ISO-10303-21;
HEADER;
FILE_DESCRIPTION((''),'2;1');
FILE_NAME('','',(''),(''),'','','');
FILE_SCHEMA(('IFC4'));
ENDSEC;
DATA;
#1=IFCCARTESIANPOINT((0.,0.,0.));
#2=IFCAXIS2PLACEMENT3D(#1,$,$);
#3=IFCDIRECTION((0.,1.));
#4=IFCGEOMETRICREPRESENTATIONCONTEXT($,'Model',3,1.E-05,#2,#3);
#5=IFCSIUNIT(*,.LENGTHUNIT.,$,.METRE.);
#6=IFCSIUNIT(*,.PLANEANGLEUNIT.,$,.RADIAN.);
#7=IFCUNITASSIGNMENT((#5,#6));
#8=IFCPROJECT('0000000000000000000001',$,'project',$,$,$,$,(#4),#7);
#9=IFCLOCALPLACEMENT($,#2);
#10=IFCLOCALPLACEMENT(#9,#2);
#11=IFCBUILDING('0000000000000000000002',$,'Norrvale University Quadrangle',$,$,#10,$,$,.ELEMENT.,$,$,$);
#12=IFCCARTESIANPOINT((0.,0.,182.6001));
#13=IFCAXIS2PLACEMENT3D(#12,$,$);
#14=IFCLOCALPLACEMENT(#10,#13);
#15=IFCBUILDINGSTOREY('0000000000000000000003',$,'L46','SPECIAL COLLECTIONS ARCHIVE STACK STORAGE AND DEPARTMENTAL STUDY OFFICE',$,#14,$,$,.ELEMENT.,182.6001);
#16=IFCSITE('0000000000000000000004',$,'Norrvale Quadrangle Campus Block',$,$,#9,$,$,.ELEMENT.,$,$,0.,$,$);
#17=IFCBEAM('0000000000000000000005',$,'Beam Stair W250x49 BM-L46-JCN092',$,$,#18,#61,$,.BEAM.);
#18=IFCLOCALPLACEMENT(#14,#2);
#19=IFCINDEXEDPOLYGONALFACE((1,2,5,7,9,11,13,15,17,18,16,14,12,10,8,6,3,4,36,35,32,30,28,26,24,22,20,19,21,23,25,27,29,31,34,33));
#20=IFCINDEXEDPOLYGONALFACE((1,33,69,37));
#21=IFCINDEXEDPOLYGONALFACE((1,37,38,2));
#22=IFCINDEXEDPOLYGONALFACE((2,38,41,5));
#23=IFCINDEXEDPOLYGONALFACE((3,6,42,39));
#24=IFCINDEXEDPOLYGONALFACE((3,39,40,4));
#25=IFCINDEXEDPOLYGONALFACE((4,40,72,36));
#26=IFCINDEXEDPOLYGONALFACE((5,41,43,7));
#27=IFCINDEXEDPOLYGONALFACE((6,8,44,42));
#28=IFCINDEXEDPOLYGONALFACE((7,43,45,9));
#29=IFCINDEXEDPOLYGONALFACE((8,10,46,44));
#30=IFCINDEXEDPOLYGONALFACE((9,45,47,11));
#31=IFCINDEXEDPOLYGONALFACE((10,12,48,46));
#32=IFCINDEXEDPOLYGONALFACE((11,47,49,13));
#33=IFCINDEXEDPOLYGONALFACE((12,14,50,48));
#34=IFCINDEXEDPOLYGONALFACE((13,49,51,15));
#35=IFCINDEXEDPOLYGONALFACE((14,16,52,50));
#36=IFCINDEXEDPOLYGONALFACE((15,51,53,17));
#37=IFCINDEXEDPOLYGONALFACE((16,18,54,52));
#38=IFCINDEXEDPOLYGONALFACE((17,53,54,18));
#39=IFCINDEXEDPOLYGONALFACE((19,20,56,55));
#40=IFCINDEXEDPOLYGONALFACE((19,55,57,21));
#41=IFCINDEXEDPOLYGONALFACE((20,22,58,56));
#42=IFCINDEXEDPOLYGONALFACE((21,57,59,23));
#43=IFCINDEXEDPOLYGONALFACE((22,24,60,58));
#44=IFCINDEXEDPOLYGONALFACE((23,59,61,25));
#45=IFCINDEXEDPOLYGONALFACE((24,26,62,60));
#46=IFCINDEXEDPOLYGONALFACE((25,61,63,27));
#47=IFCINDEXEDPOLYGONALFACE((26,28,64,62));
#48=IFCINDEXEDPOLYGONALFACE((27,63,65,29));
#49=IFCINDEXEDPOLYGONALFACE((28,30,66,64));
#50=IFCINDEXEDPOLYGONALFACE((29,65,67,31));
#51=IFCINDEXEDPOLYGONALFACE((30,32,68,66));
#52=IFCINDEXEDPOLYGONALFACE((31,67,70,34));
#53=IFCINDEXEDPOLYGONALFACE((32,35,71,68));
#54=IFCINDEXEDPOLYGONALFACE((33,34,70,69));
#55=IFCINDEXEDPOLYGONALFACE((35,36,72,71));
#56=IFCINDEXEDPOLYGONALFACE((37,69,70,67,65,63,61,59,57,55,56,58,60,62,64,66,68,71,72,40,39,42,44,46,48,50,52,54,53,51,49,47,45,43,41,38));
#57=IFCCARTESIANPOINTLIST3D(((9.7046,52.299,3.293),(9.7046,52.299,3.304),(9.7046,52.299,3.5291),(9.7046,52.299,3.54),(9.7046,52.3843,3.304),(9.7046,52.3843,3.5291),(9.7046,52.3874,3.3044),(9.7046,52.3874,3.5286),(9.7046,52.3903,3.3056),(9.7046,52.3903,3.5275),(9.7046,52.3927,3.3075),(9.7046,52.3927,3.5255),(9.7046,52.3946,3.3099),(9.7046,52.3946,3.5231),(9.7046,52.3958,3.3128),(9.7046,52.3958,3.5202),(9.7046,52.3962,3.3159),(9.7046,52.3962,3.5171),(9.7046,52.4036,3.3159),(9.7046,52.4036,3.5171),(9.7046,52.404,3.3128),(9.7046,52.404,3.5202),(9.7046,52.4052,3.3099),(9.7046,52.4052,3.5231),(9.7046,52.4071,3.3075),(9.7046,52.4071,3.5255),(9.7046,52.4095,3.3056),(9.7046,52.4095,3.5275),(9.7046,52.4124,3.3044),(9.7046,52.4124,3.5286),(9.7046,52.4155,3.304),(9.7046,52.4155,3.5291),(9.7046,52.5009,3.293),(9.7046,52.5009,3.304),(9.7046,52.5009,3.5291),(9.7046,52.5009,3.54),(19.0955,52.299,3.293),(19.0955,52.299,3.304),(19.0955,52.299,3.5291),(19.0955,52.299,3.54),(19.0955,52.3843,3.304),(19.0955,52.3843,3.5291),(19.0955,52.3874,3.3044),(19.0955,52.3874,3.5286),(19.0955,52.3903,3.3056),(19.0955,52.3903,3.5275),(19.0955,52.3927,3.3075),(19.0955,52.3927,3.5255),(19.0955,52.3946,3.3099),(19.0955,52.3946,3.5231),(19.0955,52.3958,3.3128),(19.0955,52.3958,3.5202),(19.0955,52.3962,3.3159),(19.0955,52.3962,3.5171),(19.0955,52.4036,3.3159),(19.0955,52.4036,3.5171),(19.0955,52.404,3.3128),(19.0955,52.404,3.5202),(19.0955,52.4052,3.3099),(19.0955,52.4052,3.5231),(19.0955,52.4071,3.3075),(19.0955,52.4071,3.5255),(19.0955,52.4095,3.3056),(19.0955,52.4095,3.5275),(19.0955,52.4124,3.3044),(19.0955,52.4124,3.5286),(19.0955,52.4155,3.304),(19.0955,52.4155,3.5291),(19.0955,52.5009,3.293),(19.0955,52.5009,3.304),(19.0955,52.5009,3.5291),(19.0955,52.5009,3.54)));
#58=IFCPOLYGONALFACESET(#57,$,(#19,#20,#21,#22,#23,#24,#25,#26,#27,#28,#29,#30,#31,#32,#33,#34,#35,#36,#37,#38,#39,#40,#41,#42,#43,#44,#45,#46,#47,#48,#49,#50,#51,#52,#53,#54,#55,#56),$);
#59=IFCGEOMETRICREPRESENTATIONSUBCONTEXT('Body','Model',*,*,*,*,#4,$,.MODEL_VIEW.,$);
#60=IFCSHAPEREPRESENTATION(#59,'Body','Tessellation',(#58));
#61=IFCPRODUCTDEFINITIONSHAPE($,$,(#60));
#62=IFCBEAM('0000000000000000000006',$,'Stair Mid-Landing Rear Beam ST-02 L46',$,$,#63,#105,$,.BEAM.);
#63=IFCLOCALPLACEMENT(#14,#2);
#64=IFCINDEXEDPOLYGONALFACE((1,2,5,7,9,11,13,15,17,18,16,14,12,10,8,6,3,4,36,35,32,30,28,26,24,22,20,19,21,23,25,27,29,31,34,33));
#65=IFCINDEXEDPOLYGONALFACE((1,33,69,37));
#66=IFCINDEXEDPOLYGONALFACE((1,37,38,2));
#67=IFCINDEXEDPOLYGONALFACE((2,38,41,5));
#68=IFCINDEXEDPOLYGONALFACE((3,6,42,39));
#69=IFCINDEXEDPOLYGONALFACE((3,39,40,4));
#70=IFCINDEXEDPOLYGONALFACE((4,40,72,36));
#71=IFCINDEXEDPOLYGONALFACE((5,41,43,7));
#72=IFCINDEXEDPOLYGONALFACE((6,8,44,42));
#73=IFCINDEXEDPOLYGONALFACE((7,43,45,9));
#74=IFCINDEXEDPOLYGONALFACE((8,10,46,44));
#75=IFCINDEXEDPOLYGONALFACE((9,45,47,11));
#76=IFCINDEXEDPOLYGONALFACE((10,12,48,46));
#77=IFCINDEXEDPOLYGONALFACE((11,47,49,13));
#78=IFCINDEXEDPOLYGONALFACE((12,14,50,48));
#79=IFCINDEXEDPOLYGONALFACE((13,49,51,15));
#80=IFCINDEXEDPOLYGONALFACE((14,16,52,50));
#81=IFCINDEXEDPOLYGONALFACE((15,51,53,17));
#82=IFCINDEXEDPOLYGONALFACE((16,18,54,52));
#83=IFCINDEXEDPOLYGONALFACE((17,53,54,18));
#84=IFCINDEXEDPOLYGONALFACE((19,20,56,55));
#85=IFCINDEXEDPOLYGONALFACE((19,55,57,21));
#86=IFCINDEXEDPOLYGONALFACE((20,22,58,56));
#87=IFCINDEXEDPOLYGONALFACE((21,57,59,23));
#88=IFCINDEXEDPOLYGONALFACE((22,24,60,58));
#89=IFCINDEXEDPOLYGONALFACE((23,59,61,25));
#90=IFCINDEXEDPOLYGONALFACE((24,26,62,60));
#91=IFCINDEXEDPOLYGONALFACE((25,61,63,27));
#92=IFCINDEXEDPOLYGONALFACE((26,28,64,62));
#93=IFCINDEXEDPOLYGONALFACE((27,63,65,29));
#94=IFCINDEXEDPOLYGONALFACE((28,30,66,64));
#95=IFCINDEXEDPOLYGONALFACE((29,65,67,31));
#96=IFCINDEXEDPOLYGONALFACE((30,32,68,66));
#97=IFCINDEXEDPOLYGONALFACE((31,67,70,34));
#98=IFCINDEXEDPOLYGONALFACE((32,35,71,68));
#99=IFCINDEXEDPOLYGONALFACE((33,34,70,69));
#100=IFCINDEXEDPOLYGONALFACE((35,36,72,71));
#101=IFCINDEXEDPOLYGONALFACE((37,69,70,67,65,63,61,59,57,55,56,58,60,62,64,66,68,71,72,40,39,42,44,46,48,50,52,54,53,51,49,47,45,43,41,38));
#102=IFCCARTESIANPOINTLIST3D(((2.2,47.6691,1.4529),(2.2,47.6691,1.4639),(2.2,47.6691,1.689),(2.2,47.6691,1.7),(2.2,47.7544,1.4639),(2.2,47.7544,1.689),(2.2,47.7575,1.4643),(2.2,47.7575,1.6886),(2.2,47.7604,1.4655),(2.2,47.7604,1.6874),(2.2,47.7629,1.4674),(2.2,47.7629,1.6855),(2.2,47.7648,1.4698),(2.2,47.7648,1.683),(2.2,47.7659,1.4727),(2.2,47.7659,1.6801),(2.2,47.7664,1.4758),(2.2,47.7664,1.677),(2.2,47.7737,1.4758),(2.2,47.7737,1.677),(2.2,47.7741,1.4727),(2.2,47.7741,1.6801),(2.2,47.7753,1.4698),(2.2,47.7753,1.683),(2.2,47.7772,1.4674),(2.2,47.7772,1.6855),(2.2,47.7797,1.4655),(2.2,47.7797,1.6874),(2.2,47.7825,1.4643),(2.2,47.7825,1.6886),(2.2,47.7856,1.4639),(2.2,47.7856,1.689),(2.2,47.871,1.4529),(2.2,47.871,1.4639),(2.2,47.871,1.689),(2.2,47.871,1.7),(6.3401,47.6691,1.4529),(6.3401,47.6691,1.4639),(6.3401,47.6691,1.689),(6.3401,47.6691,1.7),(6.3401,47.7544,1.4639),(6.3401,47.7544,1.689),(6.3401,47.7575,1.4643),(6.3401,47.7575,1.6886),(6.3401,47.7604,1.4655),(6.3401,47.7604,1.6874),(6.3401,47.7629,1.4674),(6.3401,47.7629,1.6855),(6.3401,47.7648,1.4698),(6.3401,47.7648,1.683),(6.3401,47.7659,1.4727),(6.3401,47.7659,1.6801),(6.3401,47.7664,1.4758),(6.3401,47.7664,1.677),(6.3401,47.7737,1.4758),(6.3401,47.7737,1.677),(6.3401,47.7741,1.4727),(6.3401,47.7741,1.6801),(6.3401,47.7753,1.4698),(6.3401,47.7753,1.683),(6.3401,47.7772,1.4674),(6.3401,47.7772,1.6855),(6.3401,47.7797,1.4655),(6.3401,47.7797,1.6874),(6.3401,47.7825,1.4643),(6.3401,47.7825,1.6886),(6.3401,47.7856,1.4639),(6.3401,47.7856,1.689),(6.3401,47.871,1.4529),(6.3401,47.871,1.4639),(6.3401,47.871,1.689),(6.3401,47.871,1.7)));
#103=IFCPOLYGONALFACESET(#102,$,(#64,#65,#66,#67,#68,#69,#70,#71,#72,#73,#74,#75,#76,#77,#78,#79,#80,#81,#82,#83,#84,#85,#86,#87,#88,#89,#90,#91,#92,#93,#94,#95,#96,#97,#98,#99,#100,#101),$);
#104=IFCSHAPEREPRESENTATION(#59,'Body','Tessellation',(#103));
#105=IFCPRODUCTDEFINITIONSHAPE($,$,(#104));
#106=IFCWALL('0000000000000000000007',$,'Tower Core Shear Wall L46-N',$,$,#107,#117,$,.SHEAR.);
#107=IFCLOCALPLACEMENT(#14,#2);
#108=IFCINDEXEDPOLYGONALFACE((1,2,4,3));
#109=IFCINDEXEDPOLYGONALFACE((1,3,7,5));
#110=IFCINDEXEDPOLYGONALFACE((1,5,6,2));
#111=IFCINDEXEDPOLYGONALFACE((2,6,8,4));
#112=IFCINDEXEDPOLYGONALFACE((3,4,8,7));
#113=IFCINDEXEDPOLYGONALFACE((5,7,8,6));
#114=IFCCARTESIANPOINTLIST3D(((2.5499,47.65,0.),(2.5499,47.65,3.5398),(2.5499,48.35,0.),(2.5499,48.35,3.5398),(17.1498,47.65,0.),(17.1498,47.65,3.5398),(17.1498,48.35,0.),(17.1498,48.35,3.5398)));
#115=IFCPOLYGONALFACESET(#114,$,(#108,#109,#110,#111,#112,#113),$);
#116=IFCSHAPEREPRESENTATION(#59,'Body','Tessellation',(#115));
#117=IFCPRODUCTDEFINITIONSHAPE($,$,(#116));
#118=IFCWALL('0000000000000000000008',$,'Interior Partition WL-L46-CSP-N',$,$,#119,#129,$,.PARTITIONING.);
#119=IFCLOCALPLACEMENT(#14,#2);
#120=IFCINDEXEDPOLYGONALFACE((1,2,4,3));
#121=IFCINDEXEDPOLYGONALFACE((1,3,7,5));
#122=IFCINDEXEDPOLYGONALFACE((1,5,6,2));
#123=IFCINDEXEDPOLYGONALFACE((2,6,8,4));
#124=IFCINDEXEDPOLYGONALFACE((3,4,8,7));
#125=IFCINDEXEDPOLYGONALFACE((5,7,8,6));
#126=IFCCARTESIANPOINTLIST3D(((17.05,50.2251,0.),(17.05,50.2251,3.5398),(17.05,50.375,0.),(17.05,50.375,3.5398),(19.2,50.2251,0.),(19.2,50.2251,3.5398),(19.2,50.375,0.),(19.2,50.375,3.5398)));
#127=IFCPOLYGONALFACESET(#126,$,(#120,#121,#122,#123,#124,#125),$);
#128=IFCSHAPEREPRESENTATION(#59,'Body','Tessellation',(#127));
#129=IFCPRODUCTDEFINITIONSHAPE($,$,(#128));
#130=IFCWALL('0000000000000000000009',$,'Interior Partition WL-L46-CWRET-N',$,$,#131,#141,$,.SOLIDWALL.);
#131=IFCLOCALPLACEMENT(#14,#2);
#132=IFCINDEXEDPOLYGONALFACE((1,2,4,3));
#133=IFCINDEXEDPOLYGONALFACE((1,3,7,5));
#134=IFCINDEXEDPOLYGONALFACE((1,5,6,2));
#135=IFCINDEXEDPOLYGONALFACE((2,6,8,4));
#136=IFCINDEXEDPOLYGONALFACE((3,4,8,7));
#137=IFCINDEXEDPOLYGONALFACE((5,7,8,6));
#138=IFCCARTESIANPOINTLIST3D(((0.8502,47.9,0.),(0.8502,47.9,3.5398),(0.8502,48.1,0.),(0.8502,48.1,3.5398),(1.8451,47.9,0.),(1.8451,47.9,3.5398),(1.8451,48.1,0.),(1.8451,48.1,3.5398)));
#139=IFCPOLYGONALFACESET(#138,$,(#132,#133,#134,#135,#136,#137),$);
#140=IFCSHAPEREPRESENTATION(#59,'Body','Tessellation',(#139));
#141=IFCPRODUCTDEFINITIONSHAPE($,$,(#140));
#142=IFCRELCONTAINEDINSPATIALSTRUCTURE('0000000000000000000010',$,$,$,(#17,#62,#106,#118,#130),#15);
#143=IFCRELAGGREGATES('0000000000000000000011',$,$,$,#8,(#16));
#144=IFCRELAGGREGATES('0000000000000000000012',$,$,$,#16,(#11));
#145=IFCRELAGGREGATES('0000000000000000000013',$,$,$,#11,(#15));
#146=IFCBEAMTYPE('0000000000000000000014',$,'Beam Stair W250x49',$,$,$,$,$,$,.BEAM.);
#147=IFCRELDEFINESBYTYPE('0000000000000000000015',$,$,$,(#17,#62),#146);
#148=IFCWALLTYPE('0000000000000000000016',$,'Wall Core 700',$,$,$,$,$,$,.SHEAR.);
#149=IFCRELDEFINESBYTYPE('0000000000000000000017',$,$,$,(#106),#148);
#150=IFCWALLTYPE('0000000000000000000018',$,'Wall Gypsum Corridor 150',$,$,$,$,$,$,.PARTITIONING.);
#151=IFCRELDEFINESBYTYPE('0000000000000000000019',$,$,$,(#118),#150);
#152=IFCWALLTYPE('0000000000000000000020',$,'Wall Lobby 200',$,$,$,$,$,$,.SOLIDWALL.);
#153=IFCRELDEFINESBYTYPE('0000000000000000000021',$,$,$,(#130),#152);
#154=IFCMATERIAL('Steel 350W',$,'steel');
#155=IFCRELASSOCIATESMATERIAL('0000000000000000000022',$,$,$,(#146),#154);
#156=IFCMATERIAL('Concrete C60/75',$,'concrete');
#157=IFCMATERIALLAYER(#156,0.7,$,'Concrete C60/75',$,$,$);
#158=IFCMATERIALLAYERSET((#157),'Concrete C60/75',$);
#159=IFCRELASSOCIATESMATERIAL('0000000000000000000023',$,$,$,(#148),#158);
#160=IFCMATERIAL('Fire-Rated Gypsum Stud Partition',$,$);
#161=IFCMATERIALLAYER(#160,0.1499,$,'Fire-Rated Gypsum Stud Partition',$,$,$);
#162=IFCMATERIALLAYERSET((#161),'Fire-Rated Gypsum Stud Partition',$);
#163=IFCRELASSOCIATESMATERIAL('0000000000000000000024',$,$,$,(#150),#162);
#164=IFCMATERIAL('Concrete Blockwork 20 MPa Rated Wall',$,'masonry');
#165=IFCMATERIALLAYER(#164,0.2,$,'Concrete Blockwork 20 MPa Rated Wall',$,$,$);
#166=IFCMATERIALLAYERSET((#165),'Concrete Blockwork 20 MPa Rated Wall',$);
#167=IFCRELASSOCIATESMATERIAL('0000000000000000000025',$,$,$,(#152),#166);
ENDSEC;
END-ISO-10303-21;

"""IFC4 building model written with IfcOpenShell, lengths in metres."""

from ifc_helpers import new_model, si_unit, direction, frame, frame_2d, origin, origin_2d, place, context, subcontext, project, spatial, rectangle, i_section, extrude, material, layer, layer_set, material_profile, profile_set, type_object, element, save


model = new_model("IFC4")

# Units and contexts
model_context = context("Model", 3, precision=1e-05, world=origin(), true_north=direction((0.0, 1.0)))
body_context = subcontext(model_context, "Body", "Model", "MODEL_VIEW")
ifc_project = project(units=[si_unit("LENGTHUNIT", "METRE"), si_unit("PLANEANGLEUNIT", "RADIAN")], contexts=[model_context])

# Site, building, storey
site_placement = place(None, origin())
site = spatial("IfcSite", under=ifc_project, at=site_placement, Name="Norrvale Quadrangle Campus Block", CompositionType="ELEMENT", RefElevation=0.0)
building_placement = place(site_placement, origin())
building = spatial("IfcBuilding", under=site, at=building_placement, Name="Norrvale University Quadrangle", CompositionType="ELEMENT")
storey_placement = place(building_placement, frame((0.0, 0.0, 182.6001)))
storey = spatial("IfcBuildingStorey", under=building, at=storey_placement, Name="L46", Description="SPECIAL COLLECTIONS ARCHIVE STACK STORAGE AND DEPARTMENTAL STUDY OFFICE", CompositionType="ELEMENT", Elevation=182.6001)

# Shared definitions
ifc_material_1 = material(Name="Concrete C60/75", Category="concrete")

# Beams
ifc_material_2 = material(Name="Steel 350W", Category="steel")
ifc_material_profile_1 = material_profile(ifc_material_2, i_section(OverallWidth=0.2019, OverallDepth=0.2471, WebThickness=0.0073, FlangeThickness=0.011, FilletRadius=0.012, at=origin_2d()), Name="Steel 350W")
ifc_profile_set_1 = profile_set([ifc_material_profile_1], Name="Steel 350W")
beam_type_1 = type_object("IfcBeamType", Name="Beam Stair W250x49", PredefinedType="BEAM", material=ifc_profile_set_1)
beam_1_placement = place(storey_placement, frame((9.7046, 52.3999, 3.4165), z_axis=(1.0, 0.0, 0.0), x_axis=(0.0, 1.0, 0.0)))
element("IfcBeam", 1, at=beam_1_placement, inside=storey, type_object=beam_type_1, Name="Beam Stair W250x49 BM-L46-JCN092", PredefinedType="BEAM", context=body_context, shape_type="SweptSolid", body=[
    extrude(i_section(OverallWidth=0.2019, OverallDepth=0.2471, WebThickness=0.0073, FlangeThickness=0.011, FilletRadius=0.012, at=origin_2d()), origin(), (0.0, 0.0, 1.0), 9.3909),
])
beam_2_placement = place(storey_placement, frame((2.2, 47.77, 1.5764), z_axis=(1.0, 0.0, 0.0), x_axis=(0.0, 1.0, 0.0)))
element("IfcBeam", 2, at=beam_2_placement, inside=storey, type_object=beam_type_1, Name="Stair Mid-Landing Rear Beam ST-02 L46", PredefinedType="BEAM", context=body_context, shape_type="SweptSolid", body=[
    extrude(i_section(OverallWidth=0.2019, OverallDepth=0.2471, WebThickness=0.0073, FlangeThickness=0.011, FilletRadius=0.012, at=origin_2d()), origin(), (0.0, 0.0, 1.0), 4.1401),
])

# Walls
ifc_layer_1 = layer(ifc_material_1, 0.7, Name="Concrete C60/75")
ifc_layer_set_1 = layer_set([ifc_layer_1], Name="Concrete C60/75")
wall_type_1 = type_object("IfcWallType", Name="Wall Core 700", PredefinedType="SHEAR", material=ifc_layer_set_1)
wall_1_placement = place(storey_placement, frame((2.55, 48.0, 0.0), z_axis=(0.0, 0.0, 1.0), x_axis=(1.0, 0.0, 0.0)))
element("IfcWall", 3, at=wall_1_placement, inside=storey, type_object=wall_type_1, Name="Tower Core Shear Wall L46-N", PredefinedType="SHEAR", context=body_context, shape_type="SweptSolid", body=[
    extrude(rectangle(XDim=14.5999, YDim=0.7, at=frame_2d((7.2998, 0.0))), origin(), (0.0, 0.0, 1.0), 3.5398),
])
ifc_material_3 = material(Name="Fire-Rated Gypsum Stud Partition")
ifc_layer_2 = layer(ifc_material_3, 0.1499, Name="Fire-Rated Gypsum Stud Partition")
ifc_layer_set_2 = layer_set([ifc_layer_2], Name="Fire-Rated Gypsum Stud Partition")
wall_type_2 = type_object("IfcWallType", Name="Wall Gypsum Corridor 150", PredefinedType="PARTITIONING", material=ifc_layer_set_2)
wall_2_placement = place(storey_placement, frame((17.05, 50.3, 0.0), z_axis=(0.0, 0.0, 1.0), x_axis=(1.0, 0.0, 0.0)))
element("IfcWall", 4, at=wall_2_placement, inside=storey, type_object=wall_type_2, Name="Interior Partition WL-L46-CSP-N", PredefinedType="PARTITIONING", context=body_context, shape_type="SweptSolid", body=[
    extrude(rectangle(XDim=2.1499, YDim=0.1499, at=frame_2d((1.075, 0.0))), origin(), (0.0, 0.0, 1.0), 3.5398),
])
ifc_material_4 = material(Name="Concrete Blockwork 20 MPa Rated Wall", Category="masonry")
ifc_layer_3 = layer(ifc_material_4, 0.2, Name="Concrete Blockwork 20 MPa Rated Wall")
ifc_layer_set_3 = layer_set([ifc_layer_3], Name="Concrete Blockwork 20 MPa Rated Wall")
wall_type_3 = type_object("IfcWallType", Name="Wall Lobby 200", PredefinedType="SOLIDWALL", material=ifc_layer_set_3)
wall_3_placement = place(storey_placement, frame((0.8501, 48.0, 0.0), z_axis=(0.0, 0.0, 1.0), x_axis=(1.0, 0.0, 0.0)))
element("IfcWall", 5, at=wall_3_placement, inside=storey, type_object=wall_type_3, Name="Interior Partition WL-L46-CWRET-N", PredefinedType="SOLIDWALL", context=body_context, shape_type="SweptSolid", body=[
    extrude(rectangle(XDim=0.9949, YDim=0.2, at=frame_2d((0.4976, 0.0))), origin(), (0.0, 0.0, 1.0), 3.5398),
])

save(model, "model.ifc")
